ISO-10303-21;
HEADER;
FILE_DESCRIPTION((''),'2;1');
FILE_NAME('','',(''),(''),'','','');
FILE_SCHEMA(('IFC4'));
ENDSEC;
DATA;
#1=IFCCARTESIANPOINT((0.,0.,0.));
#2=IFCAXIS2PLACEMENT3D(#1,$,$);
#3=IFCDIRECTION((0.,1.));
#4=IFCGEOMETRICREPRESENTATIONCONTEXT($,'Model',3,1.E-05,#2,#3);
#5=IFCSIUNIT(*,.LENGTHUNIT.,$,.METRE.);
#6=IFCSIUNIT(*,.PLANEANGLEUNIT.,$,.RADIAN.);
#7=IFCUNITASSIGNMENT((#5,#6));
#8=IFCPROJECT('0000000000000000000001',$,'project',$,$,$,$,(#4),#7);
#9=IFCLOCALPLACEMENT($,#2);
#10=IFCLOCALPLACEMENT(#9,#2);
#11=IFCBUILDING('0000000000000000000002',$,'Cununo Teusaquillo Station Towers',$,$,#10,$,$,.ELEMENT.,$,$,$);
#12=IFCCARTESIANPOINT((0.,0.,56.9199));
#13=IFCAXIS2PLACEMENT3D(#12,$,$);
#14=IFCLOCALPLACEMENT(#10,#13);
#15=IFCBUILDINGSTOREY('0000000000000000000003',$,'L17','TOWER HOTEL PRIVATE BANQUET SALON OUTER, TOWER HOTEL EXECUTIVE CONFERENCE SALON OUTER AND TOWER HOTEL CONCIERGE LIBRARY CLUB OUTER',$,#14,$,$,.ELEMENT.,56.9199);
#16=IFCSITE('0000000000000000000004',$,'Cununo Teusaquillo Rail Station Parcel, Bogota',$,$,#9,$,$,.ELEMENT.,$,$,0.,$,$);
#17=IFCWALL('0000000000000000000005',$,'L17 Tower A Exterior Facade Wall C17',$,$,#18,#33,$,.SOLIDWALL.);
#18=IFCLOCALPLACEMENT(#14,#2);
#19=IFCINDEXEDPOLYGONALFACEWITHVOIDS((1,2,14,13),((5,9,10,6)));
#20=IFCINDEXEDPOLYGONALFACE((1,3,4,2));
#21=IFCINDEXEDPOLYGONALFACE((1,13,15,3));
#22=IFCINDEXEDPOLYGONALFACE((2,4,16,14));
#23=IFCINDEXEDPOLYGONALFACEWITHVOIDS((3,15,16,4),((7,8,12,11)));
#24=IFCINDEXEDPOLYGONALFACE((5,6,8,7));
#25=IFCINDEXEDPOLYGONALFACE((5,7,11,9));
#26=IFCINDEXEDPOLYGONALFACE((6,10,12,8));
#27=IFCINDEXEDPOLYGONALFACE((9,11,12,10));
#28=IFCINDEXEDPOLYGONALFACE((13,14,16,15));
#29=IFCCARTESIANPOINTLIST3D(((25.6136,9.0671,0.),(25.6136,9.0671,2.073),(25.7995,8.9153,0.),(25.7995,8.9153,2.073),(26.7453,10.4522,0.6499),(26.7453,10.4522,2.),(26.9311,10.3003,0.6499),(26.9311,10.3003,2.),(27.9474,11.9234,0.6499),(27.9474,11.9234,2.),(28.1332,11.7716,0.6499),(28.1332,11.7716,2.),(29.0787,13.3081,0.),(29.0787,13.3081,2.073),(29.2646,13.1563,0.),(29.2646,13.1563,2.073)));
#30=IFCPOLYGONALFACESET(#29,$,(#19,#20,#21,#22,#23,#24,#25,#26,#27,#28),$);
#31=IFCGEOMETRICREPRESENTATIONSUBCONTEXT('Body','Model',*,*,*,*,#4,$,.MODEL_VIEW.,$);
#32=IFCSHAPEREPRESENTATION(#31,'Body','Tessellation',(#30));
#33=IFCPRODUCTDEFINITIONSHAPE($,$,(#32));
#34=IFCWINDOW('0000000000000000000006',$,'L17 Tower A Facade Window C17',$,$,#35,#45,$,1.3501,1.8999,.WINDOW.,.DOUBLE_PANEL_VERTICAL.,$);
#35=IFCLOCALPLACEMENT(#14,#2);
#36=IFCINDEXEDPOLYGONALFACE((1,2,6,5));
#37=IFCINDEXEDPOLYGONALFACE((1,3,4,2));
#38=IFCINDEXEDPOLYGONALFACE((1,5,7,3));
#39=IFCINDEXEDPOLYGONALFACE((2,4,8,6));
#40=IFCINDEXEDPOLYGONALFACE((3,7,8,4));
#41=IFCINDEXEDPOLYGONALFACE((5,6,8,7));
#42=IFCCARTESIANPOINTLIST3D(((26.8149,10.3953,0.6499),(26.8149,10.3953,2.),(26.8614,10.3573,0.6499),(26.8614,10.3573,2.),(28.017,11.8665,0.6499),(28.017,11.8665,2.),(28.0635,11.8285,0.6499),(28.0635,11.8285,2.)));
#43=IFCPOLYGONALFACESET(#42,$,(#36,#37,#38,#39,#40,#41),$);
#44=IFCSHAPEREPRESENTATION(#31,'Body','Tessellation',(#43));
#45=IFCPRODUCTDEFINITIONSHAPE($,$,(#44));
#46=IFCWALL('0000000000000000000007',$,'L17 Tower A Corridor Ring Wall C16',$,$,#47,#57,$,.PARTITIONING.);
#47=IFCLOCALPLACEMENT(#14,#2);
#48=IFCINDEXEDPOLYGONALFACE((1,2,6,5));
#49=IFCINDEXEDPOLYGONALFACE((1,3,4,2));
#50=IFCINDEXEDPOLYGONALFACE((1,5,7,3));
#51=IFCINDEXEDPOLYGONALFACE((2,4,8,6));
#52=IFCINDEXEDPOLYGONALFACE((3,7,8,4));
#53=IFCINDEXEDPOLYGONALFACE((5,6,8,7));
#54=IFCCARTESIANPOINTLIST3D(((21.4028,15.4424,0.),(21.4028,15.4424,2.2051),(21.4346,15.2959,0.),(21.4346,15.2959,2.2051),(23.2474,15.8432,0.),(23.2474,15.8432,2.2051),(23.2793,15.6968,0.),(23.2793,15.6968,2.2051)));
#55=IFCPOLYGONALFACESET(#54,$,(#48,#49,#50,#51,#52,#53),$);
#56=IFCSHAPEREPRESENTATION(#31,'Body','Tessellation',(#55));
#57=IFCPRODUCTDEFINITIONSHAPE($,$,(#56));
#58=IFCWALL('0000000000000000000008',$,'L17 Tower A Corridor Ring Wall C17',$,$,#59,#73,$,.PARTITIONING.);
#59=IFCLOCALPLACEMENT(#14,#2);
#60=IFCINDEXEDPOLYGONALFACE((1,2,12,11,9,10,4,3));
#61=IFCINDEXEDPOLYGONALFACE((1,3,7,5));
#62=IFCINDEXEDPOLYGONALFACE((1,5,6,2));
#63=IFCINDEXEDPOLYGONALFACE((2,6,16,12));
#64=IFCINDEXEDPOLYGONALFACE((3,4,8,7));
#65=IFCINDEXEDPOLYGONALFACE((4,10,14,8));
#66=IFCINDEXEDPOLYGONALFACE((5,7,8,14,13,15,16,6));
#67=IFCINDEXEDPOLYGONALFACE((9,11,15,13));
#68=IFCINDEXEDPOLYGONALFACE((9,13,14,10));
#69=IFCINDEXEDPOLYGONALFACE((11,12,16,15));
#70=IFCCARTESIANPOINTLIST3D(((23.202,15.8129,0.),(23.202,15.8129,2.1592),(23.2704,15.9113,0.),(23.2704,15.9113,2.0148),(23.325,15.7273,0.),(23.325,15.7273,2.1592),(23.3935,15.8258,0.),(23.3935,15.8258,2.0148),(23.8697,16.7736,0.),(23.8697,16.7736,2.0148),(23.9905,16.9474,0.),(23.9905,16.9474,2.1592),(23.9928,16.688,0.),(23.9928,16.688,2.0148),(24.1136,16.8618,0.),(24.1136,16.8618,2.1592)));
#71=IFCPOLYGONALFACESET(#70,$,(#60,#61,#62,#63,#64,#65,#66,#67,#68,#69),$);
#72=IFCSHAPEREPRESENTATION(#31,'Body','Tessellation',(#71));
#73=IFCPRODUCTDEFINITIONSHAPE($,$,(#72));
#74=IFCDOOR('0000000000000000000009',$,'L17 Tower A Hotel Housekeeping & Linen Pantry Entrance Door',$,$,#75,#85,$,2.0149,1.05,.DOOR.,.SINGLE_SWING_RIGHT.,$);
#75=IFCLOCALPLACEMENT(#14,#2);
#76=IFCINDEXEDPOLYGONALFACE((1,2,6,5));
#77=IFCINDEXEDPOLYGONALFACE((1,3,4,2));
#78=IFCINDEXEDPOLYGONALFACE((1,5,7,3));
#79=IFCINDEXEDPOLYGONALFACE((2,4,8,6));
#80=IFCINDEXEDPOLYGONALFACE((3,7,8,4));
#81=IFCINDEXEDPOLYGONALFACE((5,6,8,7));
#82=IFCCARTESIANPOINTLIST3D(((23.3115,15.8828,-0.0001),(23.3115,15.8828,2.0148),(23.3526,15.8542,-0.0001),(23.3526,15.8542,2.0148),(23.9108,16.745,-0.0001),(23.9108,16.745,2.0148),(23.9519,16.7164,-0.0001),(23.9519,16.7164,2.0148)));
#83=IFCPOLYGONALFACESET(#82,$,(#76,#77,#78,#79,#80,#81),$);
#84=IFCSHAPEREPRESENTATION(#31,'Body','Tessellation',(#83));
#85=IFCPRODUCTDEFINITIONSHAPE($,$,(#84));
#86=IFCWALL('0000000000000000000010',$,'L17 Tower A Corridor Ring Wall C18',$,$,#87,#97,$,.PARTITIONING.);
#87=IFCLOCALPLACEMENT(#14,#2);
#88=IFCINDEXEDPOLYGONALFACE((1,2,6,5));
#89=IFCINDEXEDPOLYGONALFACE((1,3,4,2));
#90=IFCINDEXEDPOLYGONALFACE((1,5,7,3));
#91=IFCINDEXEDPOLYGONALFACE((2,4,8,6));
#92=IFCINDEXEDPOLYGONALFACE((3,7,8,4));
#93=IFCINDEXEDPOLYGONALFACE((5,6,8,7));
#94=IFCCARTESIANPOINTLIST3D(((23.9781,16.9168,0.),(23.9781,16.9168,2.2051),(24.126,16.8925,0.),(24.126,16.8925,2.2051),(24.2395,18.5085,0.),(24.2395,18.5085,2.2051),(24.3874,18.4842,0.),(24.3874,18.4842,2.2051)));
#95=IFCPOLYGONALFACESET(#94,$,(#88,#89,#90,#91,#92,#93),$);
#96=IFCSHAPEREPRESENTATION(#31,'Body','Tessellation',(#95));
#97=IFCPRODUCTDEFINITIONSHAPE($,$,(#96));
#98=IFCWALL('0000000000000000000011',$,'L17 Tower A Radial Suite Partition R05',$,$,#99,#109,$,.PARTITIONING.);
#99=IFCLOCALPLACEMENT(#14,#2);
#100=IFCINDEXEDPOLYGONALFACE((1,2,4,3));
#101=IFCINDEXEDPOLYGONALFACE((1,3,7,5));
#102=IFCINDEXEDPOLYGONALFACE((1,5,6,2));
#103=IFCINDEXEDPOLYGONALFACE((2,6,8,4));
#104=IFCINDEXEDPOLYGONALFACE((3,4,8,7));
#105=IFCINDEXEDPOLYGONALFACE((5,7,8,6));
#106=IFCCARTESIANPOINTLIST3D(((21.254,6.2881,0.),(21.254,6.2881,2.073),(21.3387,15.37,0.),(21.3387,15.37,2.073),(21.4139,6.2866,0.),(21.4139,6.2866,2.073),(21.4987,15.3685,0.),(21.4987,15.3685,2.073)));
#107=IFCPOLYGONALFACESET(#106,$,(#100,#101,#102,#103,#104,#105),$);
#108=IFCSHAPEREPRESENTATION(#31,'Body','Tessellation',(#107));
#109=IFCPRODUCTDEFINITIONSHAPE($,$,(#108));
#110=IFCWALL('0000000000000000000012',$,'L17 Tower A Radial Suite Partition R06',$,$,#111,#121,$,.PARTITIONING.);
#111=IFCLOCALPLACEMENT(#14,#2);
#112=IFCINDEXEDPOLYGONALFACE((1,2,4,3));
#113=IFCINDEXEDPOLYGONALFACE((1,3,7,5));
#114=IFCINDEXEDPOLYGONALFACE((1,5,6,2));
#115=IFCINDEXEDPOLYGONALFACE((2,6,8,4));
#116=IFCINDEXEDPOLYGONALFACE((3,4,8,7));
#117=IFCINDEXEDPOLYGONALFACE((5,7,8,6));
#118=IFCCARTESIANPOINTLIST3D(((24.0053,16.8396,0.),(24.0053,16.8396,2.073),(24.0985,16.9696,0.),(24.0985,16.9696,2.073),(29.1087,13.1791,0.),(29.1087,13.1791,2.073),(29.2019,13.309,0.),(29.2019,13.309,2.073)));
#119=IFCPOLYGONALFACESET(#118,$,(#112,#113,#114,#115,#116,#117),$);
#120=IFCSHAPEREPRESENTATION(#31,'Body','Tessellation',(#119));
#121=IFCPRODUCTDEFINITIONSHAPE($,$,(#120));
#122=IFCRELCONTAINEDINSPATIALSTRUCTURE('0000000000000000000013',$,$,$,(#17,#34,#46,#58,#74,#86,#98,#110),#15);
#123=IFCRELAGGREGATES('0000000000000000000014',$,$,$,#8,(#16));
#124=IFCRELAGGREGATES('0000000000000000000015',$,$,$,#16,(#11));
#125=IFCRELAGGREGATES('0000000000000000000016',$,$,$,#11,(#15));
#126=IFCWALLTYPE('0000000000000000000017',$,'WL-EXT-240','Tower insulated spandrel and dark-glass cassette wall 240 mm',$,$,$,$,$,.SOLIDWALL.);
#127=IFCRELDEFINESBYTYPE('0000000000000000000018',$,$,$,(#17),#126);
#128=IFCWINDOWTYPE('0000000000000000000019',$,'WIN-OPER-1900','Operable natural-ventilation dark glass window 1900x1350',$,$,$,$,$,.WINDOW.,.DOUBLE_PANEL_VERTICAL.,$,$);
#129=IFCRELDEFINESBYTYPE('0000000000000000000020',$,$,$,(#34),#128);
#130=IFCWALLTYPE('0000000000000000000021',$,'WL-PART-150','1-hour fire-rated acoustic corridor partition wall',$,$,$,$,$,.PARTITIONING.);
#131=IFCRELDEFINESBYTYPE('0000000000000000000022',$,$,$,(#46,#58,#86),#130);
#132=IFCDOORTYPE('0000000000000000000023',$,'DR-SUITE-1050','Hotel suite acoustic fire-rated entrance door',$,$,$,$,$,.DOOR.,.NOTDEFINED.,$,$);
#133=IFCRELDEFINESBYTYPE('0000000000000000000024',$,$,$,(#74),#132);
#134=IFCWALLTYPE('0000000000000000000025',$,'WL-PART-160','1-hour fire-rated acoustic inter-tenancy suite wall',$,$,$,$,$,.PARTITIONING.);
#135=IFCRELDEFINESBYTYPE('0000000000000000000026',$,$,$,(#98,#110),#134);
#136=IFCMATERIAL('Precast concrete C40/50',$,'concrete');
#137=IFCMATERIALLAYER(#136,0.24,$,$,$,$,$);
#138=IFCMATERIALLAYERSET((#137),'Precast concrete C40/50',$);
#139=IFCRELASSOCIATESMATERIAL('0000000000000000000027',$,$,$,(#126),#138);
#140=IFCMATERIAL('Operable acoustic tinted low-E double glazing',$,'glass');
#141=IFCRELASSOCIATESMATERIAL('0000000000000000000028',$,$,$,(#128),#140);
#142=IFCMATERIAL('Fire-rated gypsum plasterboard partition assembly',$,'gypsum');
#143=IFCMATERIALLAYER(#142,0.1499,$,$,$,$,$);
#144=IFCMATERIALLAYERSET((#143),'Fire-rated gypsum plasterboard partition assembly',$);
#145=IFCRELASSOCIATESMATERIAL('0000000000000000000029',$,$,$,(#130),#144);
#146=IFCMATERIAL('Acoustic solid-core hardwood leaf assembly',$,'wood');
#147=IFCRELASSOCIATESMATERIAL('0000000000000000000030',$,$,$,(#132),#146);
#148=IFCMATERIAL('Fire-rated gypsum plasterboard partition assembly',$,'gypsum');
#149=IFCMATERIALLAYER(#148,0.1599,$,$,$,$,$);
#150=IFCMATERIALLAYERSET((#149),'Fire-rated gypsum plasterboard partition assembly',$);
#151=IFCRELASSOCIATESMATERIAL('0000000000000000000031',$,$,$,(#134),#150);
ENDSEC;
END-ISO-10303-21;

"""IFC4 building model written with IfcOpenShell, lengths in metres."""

from ifc_helpers import new_model, si_unit, direction, frame, frame_2d, origin, place, context, subcontext, project, spatial, rectangle, extrude, source, transform, mapped, material, layer, layer_set, type_object, element, fill, save


model = new_model("IFC4")

# Units and contexts
model_context = context("Model", 3, precision=1e-05, world=origin(), true_north=direction((0.0, 1.0)))
body_context = subcontext(model_context, "Body", "Model", "MODEL_VIEW")
ifc_project = project(units=[si_unit("LENGTHUNIT", "METRE"), si_unit("PLANEANGLEUNIT", "RADIAN")], contexts=[model_context])

# Site, building, storey
site_placement = place(None, origin())
site = spatial("IfcSite", under=ifc_project, at=site_placement, Name="Cununo Teusaquillo Rail Station Parcel, Bogota", CompositionType="ELEMENT", RefElevation=0.0)
building_placement = place(site_placement, origin())
building = spatial("IfcBuilding", under=site, at=building_placement, Name="Cununo Teusaquillo Station Towers", CompositionType="ELEMENT")
storey_placement = place(building_placement, frame((0.0, 0.0, 56.9199)))
storey = spatial("IfcBuildingStorey", under=building, at=storey_placement, Name="L17", Description="TOWER HOTEL PRIVATE BANQUET SALON OUTER, TOWER HOTEL EXECUTIVE CONFERENCE SALON OUTER AND TOWER HOTEL CONCIERGE LIBRARY CLUB OUTER", CompositionType="ELEMENT", Elevation=56.9199)

# Shared definitions
ifc_material_1 = material(Name="Precast concrete C40/50", Category="concrete")
ifc_layer_1 = layer(ifc_material_1, 0.24)
ifc_layer_set_1 = layer_set([ifc_layer_1], Name="Precast concrete C40/50")
wall_type_1 = type_object("IfcWallType", Name="WL-EXT-240", Description="Tower insulated spandrel and dark-glass cassette wall 240 mm", PredefinedType="SOLIDWALL", material=ifc_layer_set_1)

# Wall, opening, window
wall_1_placement = place(storey_placement, frame((29.1716, 13.2322, 0.0), z_axis=(0.0, 0.0, 1.0), x_axis=(-0.632713, -0.774386, 0.0)))
wall_1 = element("IfcWall", 1, at=wall_1_placement, inside=storey, type_object=wall_type_1, Name="L17 Tower A Exterior Facade Wall C17", PredefinedType="SOLIDWALL", context=body_context, shape_type="SweptSolid", body=[
    extrude(rectangle(XDim=5.4766, YDim=0.24, at=frame_2d((2.7383, 0.0))), origin(), (0.0, 0.0, 1.0), 2.073),
])
shared_shape_1 = source(origin(), body_context, "Body", "SweptSolid", [
    extrude(rectangle(XDim=1.8999, YDim=1.3501, at=frame_2d((0.95, 0.675))), frame((0.0, 0.1299, 0.0), z_axis=(0.0, -1.0, 0.0), x_axis=(1.0, 0.0, 0.0)), (0.0, 0.0, 1.0), 0.26),
])
opening_1_placement = place(wall_1_placement, frame((1.7881, 0.0, 0.6499)))
opening_1 = element("IfcOpeningElement", 2, at=opening_1_placement, cuts=wall_1, PredefinedType="OPENING", context=body_context, shape_type="MappedRepresentation", body=[
    mapped(shared_shape_1, transform((0.0, 0.0, 0.0), x_axis=(1.0, 0.0, 0.0), y_axis=(0.0, 1.0, 0.0), z_axis=(0.0, 0.0, 1.0), scale=1.0)),
])
ifc_material_2 = material(Name="Operable acoustic tinted low-E double glazing", Category="glass")
window_type = type_object("IfcWindowType", Name="WIN-OPER-1900", Description="Operable natural-ventilation dark glass window 1900x1350", PartitioningType="DOUBLE_PANEL_VERTICAL", PredefinedType="WINDOW", material=ifc_material_2)
shared_shape_2 = source(origin(), body_context, "Body", "SweptSolid", [
    extrude(rectangle(XDim=1.8999, YDim=1.3501, at=frame_2d((0.95, 0.675))), frame((0.0, 0.03, 0.0), z_axis=(0.0, -1.0, 0.0), x_axis=(1.0, 0.0, 0.0)), (0.0, 0.0, 1.0), 0.0601),
])
window_placement = place(opening_1_placement, origin())
window = element("IfcWindow", 3, at=window_placement, inside=storey, type_object=window_type, Name="L17 Tower A Facade Window C17", OverallHeight=1.3501, OverallWidth=1.8999, PartitioningType="DOUBLE_PANEL_VERTICAL", PredefinedType="WINDOW", context=body_context, shape_type="MappedRepresentation", body=[
    mapped(shared_shape_2, transform((0.0, 0.0, 0.0), x_axis=(1.0, 0.0, 0.0), y_axis=(0.0, 1.0, 0.0), z_axis=(0.0, 0.0, 1.0), scale=1.0)),
])
fill(opening_1, window)

# Wall
ifc_material_3 = material(Name="Fire-rated gypsum plasterboard partition assembly", Category="gypsum")
ifc_layer_2 = layer(ifc_material_3, 0.1499)
ifc_layer_set_2 = layer_set([ifc_layer_2], Name="Fire-rated gypsum plasterboard partition assembly")
wall_type_2 = type_object("IfcWallType", Name="WL-PART-150", Description="1-hour fire-rated acoustic corridor partition wall", PredefinedType="PARTITIONING", material=ifc_layer_set_2)
wall_2_placement = place(storey_placement, frame((21.4187, 15.3691, 0.0), z_axis=(0.0, 0.0, 1.0), x_axis=(0.977193, 0.212354, 0.0)))
element("IfcWall", 4, at=wall_2_placement, inside=storey, type_object=wall_type_2, Name="L17 Tower A Corridor Ring Wall C16", PredefinedType="PARTITIONING", context=body_context, shape_type="SweptSolid", body=[
    extrude(rectangle(XDim=1.8877, YDim=0.1499, at=frame_2d((0.9438, 0.0))), origin(), (0.0, 0.0, 1.0), 2.2051),
])

# Wall, opening, door
wall_3_placement = place(storey_placement, frame((23.2634, 15.77, 0.0), z_axis=(0.0, 0.0, 1.0), x_axis=(0.570743, 0.821128, 0.0)))
wall_3 = element("IfcWall", 5, at=wall_3_placement, inside=storey, type_object=wall_type_2, Name="L17 Tower A Corridor Ring Wall C17", PredefinedType="PARTITIONING", context=body_context, shape_type="SweptSolid", body=[
    extrude(rectangle(XDim=1.3816, YDim=0.1499, at=frame_2d((0.6909, 0.0))), origin(), (0.0, 0.0, 1.0), 2.1592),
])
shared_shape_3 = source(origin(), body_context, "Body", "SweptSolid", [
    extrude(rectangle(XDim=1.05, YDim=2.0149, at=frame_2d((0.5249, 1.0073))), frame((0.0, 0.085, 0.0), z_axis=(0.0, -1.0, 0.0), x_axis=(1.0, 0.0, 0.0)), (0.0, 0.0, 1.0), 0.1699),
])
opening_2_placement = place(wall_3_placement, frame((0.1201, 0.0, 0.0)))
opening_2 = element("IfcOpeningElement", 6, at=opening_2_placement, cuts=wall_3, PredefinedType="OPENING", context=body_context, shape_type="MappedRepresentation", body=[
    mapped(shared_shape_3, transform((0.0, 0.0, 0.0), x_axis=(1.0, 0.0, 0.0), y_axis=(0.0, 1.0, 0.0), z_axis=(0.0, 0.0, 1.0), scale=1.0)),
])
ifc_material_4 = material(Name="Acoustic solid-core hardwood leaf assembly", Category="wood")
door_type = type_object("IfcDoorType", Name="DR-SUITE-1050", Description="Hotel suite acoustic fire-rated entrance door", OperationType="NOTDEFINED", PredefinedType="DOOR", material=ifc_material_4)
shared_shape_4 = source(origin(), body_context, "Body", "SweptSolid", [
    extrude(rectangle(XDim=1.05, YDim=2.0149, at=frame_2d((0.5249, 1.0073))), frame((0.0, 0.0249, 0.0), z_axis=(0.0, -1.0, 0.0), x_axis=(1.0, 0.0, 0.0)), (0.0, 0.0, 1.0), 0.05),
])
door_placement = place(opening_2_placement, origin())
door = element("IfcDoor", 7, at=door_placement, inside=storey, type_object=door_type, Name="L17 Tower A Hotel Housekeeping & Linen Pantry Entrance Door", OperationType="SINGLE_SWING_RIGHT", OverallHeight=2.0149, OverallWidth=1.05, PredefinedType="DOOR", context=body_context, shape_type="MappedRepresentation", body=[
    mapped(shared_shape_4, transform((0.0, 0.0, 0.0), x_axis=(1.0, 0.0, 0.0), y_axis=(0.0, 1.0, 0.0), z_axis=(0.0, 0.0, 1.0), scale=1.0)),
])
fill(opening_2, door)

# Walls
wall_4_placement = place(storey_placement, frame((24.052, 16.9045, 0.0), z_axis=(0.0, 0.0, 1.0), x_axis=(0.162092, 0.986776, 0.0)))
element("IfcWall", 8, at=wall_4_placement, inside=storey, type_object=wall_type_2, Name="L17 Tower A Corridor Ring Wall C18", PredefinedType="PARTITIONING", context=body_context, shape_type="SweptSolid", body=[
    extrude(rectangle(XDim=1.613, YDim=0.1499, at=frame_2d((0.8066, 0.0))), origin(), (0.0, 0.0, 1.0), 2.2051),
])
ifc_material_5 = material(Name="Fire-rated gypsum plasterboard partition assembly", Category="gypsum")
ifc_layer_3 = layer(ifc_material_5, 0.1599)
ifc_layer_set_3 = layer_set([ifc_layer_3], Name="Fire-rated gypsum plasterboard partition assembly")
wall_type_3 = type_object("IfcWallType", Name="WL-PART-160", Description="1-hour fire-rated acoustic inter-tenancy suite wall", PredefinedType="PARTITIONING", material=ifc_layer_set_3)
wall_5_placement = place(storey_placement, frame((21.4187, 15.3691, 0.0), z_axis=(0.0, 0.0, 1.0), x_axis=(-0.009328, -0.999956, 0.0)))
element("IfcWall", 9, at=wall_5_placement, inside=storey, type_object=wall_type_3, Name="L17 Tower A Radial Suite Partition R05", PredefinedType="PARTITIONING", context=body_context, shape_type="SweptSolid", body=[
    extrude(rectangle(XDim=9.0823, YDim=0.1599, at=frame_2d((4.541, 0.0))), origin(), (0.0, 0.0, 1.0), 2.073),
])
wall_6_placement = place(storey_placement, frame((24.052, 16.9045, 0.0), z_axis=(0.0, 0.0, 1.0), x_axis=(0.812581, -0.582848, 0.0)))
element("IfcWall", 10, at=wall_6_placement, inside=storey, type_object=wall_type_3, Name="L17 Tower A Radial Suite Partition R06", PredefinedType="PARTITIONING", context=body_context, shape_type="SweptSolid", body=[
    extrude(rectangle(XDim=6.2805, YDim=0.1599, at=frame_2d((3.1401, 0.0))), origin(), (0.0, 0.0, 1.0), 2.073),
])

save(model, "model.ifc")
